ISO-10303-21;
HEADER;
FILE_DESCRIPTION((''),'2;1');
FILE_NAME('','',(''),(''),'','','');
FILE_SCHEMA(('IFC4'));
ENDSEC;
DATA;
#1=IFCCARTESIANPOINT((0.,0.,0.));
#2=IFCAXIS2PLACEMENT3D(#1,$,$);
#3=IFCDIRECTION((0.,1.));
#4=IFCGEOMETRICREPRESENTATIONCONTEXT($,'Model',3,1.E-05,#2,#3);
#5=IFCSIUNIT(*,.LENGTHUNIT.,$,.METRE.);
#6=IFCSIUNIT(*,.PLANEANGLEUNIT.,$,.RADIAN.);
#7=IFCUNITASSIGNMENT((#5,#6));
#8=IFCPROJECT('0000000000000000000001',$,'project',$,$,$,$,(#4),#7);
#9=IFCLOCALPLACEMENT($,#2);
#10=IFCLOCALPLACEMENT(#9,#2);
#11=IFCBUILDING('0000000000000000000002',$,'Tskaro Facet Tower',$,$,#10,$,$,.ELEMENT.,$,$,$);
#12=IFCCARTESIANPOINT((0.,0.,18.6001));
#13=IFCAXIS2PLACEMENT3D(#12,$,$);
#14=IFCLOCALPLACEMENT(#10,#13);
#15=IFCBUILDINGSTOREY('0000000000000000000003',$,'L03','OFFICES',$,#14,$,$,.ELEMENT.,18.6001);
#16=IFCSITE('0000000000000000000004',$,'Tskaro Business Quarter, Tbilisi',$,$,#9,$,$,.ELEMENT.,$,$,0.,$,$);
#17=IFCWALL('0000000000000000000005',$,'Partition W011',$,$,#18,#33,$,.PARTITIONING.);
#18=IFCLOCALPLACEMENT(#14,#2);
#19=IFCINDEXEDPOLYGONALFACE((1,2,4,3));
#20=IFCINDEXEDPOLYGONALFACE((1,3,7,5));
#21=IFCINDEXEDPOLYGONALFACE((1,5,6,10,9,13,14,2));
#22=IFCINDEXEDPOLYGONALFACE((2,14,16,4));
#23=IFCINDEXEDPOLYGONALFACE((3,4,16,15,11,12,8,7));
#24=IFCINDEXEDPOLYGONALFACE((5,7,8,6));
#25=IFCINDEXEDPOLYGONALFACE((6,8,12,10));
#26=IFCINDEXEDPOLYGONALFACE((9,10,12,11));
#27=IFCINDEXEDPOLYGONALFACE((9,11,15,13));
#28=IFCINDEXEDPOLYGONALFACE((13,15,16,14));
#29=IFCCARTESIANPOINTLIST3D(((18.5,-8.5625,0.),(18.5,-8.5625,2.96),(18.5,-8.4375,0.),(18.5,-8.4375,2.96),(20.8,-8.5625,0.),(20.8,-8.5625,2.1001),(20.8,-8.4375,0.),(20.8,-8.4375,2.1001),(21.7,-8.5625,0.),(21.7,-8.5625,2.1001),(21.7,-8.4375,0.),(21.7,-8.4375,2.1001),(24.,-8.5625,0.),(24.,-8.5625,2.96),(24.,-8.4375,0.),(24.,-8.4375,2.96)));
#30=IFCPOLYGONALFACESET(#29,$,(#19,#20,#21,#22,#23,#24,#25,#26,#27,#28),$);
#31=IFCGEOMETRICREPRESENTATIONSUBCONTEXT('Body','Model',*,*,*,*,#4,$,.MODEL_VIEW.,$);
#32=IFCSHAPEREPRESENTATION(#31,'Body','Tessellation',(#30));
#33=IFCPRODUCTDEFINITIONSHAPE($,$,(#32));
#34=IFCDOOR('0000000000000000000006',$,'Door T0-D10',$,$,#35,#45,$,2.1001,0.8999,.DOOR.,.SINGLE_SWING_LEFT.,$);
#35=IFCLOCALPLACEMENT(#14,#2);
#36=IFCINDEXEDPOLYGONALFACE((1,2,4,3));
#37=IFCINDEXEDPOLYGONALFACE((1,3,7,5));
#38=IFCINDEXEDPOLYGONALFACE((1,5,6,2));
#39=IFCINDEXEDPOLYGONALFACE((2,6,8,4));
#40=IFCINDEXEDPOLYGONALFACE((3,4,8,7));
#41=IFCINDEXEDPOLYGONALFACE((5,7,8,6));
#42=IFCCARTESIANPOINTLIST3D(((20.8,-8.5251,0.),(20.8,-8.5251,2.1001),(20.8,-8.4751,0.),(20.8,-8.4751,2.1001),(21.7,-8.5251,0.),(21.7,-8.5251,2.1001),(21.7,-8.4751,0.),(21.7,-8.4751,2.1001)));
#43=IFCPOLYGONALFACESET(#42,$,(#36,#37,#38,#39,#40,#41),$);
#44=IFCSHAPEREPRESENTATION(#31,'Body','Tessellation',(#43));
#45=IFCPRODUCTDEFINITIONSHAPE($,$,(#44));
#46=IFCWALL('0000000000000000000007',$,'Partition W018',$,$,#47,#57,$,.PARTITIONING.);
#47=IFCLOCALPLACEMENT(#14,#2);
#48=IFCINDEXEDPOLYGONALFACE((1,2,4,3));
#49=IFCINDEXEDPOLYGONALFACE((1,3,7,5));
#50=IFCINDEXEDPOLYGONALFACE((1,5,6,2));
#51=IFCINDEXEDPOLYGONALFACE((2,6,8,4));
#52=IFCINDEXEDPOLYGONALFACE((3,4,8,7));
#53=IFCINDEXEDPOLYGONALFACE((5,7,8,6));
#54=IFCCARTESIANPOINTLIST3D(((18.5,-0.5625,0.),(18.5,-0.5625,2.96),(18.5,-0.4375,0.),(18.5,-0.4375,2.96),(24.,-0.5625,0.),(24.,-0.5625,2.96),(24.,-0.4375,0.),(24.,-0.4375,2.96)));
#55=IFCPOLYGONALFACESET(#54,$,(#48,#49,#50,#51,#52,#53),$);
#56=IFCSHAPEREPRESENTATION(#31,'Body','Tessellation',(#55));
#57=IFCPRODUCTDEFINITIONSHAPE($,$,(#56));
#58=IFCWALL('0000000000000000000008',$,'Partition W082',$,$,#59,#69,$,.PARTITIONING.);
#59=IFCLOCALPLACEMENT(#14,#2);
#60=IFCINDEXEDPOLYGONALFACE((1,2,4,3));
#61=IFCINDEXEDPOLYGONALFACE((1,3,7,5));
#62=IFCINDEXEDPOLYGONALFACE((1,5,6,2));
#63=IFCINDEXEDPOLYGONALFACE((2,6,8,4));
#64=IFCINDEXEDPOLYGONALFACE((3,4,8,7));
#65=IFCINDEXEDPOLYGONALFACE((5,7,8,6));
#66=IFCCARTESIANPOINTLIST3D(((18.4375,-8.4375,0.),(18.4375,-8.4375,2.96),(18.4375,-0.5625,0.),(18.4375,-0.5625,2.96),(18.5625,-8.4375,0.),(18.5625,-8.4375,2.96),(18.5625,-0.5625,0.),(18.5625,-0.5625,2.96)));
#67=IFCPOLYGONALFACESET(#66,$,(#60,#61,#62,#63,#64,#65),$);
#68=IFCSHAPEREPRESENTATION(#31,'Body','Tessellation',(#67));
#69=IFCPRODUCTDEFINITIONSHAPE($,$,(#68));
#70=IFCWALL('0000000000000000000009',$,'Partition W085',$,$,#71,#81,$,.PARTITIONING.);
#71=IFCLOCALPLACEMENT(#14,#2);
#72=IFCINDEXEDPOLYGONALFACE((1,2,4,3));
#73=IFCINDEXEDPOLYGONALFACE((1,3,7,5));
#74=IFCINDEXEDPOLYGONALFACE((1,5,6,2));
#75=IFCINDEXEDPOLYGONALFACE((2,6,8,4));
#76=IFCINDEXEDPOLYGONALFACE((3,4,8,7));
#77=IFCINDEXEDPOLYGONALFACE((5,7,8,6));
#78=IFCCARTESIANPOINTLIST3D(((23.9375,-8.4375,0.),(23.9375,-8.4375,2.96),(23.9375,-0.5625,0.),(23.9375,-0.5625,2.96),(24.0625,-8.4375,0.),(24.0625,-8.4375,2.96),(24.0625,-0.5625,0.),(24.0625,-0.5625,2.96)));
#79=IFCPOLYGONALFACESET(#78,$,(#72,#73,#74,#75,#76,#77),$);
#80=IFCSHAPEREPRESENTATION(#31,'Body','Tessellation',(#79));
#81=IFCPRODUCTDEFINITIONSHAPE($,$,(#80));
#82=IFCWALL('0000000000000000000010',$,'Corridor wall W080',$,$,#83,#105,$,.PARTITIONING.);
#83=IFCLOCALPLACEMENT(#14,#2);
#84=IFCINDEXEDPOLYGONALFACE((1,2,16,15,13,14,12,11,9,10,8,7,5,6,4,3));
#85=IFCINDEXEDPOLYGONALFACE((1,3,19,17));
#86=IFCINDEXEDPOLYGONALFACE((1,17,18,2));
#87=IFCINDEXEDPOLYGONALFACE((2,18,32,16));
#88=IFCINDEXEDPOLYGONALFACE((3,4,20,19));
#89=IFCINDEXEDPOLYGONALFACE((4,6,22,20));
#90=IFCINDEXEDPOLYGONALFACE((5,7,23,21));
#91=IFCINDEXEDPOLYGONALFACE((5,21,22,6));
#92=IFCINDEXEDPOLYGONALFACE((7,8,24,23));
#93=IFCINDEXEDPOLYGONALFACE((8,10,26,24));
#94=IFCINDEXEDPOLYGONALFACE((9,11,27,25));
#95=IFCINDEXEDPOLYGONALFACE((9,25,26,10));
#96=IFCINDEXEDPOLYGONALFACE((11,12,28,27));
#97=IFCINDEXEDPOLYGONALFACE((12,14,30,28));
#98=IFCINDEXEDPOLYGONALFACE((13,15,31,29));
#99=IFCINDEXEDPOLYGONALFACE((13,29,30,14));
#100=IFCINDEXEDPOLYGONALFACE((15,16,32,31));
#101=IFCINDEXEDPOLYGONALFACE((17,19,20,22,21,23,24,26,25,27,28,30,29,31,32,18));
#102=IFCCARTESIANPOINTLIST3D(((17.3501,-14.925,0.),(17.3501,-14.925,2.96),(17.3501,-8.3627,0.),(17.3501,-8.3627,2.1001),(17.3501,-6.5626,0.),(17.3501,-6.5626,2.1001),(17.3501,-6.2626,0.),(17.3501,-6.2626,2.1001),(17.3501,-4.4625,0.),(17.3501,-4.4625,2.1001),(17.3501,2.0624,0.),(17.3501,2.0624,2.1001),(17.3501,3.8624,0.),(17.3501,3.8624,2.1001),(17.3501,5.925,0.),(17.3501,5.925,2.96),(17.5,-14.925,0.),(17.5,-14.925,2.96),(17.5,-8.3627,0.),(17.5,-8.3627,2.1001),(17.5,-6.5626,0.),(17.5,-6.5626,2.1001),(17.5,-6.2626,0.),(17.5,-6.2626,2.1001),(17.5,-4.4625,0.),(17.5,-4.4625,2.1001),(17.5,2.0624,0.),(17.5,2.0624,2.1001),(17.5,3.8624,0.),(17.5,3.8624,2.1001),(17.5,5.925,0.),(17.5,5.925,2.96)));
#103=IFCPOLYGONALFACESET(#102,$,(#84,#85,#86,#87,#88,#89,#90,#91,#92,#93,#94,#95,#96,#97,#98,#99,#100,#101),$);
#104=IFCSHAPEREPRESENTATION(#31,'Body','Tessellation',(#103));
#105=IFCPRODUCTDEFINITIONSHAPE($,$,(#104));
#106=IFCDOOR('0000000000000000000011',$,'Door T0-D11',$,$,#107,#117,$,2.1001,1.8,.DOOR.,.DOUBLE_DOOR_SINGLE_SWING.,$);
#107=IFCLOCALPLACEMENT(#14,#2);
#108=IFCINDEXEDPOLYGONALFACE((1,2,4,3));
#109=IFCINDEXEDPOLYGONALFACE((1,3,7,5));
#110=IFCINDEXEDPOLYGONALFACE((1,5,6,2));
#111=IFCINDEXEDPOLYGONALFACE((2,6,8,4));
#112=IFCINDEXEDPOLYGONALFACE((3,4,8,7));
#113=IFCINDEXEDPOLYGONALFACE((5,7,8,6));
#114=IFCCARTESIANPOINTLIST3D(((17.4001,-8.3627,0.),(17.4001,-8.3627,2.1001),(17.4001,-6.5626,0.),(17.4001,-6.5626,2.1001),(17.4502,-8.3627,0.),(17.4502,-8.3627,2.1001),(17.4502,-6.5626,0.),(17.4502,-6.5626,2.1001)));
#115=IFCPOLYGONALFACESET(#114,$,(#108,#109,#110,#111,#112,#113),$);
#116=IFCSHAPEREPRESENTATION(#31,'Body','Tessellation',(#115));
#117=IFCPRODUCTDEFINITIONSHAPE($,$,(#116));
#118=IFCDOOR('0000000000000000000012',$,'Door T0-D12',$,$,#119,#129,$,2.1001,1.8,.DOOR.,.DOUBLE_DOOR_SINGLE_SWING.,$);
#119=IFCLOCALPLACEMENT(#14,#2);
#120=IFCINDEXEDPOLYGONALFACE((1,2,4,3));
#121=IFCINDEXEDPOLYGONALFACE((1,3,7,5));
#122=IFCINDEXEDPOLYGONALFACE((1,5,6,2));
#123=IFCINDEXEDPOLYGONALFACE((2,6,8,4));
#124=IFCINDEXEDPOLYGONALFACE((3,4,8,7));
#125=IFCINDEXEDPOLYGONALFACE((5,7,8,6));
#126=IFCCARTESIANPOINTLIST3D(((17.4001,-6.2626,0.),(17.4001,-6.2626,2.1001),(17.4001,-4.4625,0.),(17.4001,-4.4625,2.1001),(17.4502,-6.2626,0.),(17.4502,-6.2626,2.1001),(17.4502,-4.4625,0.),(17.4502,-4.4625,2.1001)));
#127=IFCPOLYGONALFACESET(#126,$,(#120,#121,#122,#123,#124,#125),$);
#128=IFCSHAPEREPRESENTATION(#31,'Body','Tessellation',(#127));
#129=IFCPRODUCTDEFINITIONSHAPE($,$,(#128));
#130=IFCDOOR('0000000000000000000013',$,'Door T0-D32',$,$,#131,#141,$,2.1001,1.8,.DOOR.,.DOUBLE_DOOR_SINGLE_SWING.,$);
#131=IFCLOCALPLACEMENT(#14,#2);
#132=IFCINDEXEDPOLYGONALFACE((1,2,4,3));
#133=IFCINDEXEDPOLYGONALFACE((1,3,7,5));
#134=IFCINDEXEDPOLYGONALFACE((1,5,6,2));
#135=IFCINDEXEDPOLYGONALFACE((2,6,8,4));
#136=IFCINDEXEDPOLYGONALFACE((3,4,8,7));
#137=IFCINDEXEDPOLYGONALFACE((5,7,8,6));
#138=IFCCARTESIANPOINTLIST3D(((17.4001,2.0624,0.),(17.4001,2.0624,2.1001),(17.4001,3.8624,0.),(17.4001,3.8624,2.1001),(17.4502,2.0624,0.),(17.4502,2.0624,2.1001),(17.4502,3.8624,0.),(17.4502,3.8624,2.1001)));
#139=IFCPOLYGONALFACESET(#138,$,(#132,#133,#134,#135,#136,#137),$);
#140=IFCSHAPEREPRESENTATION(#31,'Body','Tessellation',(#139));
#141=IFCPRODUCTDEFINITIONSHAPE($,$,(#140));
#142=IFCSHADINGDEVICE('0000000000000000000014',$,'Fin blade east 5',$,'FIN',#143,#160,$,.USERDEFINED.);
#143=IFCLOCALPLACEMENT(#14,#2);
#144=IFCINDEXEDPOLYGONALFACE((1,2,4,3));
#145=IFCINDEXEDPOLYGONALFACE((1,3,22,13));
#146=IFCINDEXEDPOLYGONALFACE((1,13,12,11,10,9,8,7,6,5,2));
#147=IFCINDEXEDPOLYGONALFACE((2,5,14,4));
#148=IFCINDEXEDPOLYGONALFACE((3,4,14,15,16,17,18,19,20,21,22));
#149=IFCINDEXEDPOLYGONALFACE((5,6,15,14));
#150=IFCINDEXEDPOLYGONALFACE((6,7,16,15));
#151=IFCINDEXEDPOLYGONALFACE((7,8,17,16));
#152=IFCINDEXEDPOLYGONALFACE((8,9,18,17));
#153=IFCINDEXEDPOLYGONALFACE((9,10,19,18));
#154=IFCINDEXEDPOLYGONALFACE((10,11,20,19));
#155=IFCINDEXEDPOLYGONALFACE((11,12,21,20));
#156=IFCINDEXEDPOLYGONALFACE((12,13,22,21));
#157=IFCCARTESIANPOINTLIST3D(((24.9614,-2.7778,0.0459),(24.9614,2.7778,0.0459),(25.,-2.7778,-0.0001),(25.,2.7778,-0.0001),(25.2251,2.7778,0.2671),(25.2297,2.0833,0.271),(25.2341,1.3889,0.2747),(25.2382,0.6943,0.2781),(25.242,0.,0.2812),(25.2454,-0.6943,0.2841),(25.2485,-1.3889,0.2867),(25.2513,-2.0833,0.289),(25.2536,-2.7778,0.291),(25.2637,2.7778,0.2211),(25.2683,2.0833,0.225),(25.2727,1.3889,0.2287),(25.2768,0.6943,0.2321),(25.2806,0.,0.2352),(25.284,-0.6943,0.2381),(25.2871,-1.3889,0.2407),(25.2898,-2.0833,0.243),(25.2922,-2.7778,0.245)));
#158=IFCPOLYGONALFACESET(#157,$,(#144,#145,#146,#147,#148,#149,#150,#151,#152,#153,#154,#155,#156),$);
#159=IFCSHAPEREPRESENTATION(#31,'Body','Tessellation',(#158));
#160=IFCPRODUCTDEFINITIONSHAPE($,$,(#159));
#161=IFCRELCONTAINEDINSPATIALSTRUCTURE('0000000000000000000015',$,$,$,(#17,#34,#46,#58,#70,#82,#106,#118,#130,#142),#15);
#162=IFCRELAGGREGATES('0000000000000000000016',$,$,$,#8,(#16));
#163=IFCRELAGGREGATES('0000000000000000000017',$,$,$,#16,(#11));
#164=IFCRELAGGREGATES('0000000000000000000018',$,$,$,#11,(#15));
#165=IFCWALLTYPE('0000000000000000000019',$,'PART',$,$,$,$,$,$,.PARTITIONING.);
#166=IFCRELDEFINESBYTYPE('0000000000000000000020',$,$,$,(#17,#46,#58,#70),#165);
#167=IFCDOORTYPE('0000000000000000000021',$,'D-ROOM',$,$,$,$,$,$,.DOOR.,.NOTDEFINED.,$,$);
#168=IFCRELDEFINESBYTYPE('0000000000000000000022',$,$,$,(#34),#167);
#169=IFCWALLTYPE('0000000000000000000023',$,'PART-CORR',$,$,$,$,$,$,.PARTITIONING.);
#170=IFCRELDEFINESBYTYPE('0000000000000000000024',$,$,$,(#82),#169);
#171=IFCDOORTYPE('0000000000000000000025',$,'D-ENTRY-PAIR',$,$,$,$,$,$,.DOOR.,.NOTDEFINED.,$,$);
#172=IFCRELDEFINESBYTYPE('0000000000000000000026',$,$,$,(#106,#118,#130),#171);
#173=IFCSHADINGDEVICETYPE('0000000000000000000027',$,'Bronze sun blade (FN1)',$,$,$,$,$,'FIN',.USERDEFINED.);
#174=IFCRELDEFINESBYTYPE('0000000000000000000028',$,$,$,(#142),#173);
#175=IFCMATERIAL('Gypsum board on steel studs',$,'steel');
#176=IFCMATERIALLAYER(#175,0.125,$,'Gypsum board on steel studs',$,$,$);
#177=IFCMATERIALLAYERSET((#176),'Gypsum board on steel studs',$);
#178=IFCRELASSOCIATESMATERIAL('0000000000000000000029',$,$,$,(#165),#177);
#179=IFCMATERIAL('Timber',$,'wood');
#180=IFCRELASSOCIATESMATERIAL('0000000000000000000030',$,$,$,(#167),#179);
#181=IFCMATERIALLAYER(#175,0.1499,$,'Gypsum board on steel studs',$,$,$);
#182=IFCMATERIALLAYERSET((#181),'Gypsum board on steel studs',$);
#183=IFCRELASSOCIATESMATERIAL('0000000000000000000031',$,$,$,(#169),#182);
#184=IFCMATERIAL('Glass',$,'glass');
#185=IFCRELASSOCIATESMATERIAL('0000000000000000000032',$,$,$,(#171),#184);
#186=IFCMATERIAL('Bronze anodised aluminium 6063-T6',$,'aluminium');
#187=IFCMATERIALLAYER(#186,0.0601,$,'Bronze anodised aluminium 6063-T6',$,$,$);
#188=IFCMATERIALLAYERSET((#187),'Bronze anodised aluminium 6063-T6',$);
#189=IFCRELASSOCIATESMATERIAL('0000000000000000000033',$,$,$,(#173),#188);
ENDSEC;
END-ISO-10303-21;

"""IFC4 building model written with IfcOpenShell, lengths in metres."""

from ifc_helpers import new_model, si_unit, direction, frame, frame_2d, origin, place, context, subcontext, project, spatial, polyline, rectangle, outline, extrude, material, layer, layer_set, type_object, element, fill, save


model = new_model("IFC4")

# Units and contexts
model_context = context("Model", 3, precision=1e-05, world=origin(), true_north=direction((0.0, 1.0)))
body_context = subcontext(model_context, "Body", "Model", "MODEL_VIEW")
ifc_project = project(units=[si_unit("LENGTHUNIT", "METRE"), si_unit("PLANEANGLEUNIT", "RADIAN")], contexts=[model_context])

# Site, building, storey
site_placement = place(None, origin())
site = spatial("IfcSite", under=ifc_project, at=site_placement, Name="Tskaro Business Quarter, Tbilisi", CompositionType="ELEMENT", RefElevation=0.0)
building_placement = place(site_placement, origin())
building = spatial("IfcBuilding", under=site, at=building_placement, Name="Tskaro Facet Tower", CompositionType="ELEMENT")
storey_placement = place(building_placement, frame((0.0, 0.0, 18.6001)))
storey = spatial("IfcBuildingStorey", under=building, at=storey_placement, Name="L03", Description="OFFICES", CompositionType="ELEMENT", Elevation=18.6001)

# Shared definitions
ifc_material_1 = material(Name="Bronze anodised aluminium 6063-T6", Category="aluminium")

# Wall, opening, door
ifc_material_2 = material(Name="Gypsum board on steel studs", Category="steel")
ifc_layer_1 = layer(ifc_material_2, 0.125, Name="Gypsum board on steel studs")
ifc_layer_set_1 = layer_set([ifc_layer_1], Name="Gypsum board on steel studs")
wall_type_1 = type_object("IfcWallType", Name="PART", PredefinedType="PARTITIONING", material=ifc_layer_set_1)
wall_1_placement = place(storey_placement, frame((18.5, -8.5, 0.0), z_axis=(0.0, 0.0, 1.0), x_axis=(1.0, 0.0, 0.0)))
wall_1 = element("IfcWall", 1, at=wall_1_placement, inside=storey, type_object=wall_type_1, Name="Partition W011", PredefinedType="PARTITIONING", context=body_context, shape_type="SweptSolid", body=[
    extrude(rectangle(XDim=5.5, YDim=0.125, at=frame_2d((2.75, 0.0))), origin(), (0.0, 0.0, 1.0), 2.96),
])
opening_1_placement = place(wall_1_placement, frame((2.3, 0.0, 0.0)))
opening_1 = element("IfcOpeningElement", 2, at=opening_1_placement, cuts=wall_1, PredefinedType="OPENING", context=body_context, shape_type="SweptSolid", body=[
    extrude(rectangle(XDim=0.8999, YDim=2.1001, at=frame_2d((0.45, 1.05))), frame((0.0, 0.0725, 0.0), z_axis=(0.0, -1.0, 0.0), x_axis=(1.0, 0.0, 0.0)), (0.0, 0.0, 1.0), 0.145),
])
ifc_material_3 = material(Name="Timber", Category="wood")
door_type_1 = type_object("IfcDoorType", Name="D-ROOM", OperationType="NOTDEFINED", PredefinedType="DOOR", material=ifc_material_3)
door_1_placement = place(opening_1_placement, origin())
door_1 = element("IfcDoor", 3, at=door_1_placement, inside=storey, type_object=door_type_1, Name="Door T0-D10", OperationType="SINGLE_SWING_LEFT", OverallHeight=2.1001, OverallWidth=0.8999, PredefinedType="DOOR", context=body_context, shape_type="SweptSolid", body=[
    extrude(rectangle(XDim=0.8999, YDim=2.1001, at=frame_2d((0.45, 1.05))), frame((0.0, 0.0249, 0.0), z_axis=(0.0, -1.0, 0.0), x_axis=(1.0, 0.0, 0.0)), (0.0, 0.0, 1.0), 0.05),
])
fill(opening_1, door_1)

# Walls
wall_2_placement = place(storey_placement, frame((18.5, -0.5, 0.0), z_axis=(0.0, 0.0, 1.0), x_axis=(1.0, 0.0, 0.0)))
element("IfcWall", 4, at=wall_2_placement, inside=storey, type_object=wall_type_1, Name="Partition W018", PredefinedType="PARTITIONING", context=body_context, shape_type="SweptSolid", body=[
    extrude(rectangle(XDim=5.5, YDim=0.125, at=frame_2d((2.75, 0.0))), origin(), (0.0, 0.0, 1.0), 2.96),
])
for number, where, z_axis, x_axis, name in (
    (5, (18.5, -8.4375, 0.0), (0.0, 0.0, 1.0), (0.0, 1.0, 0.0), "Partition W082"),
    (6, (24.0, -8.4375, 0.0), (0.0, 0.0, 1.0), (0.0, 1.0, 0.0), "Partition W085"),
):
    element("IfcWall", number, at=place(storey_placement, frame(where, z_axis=z_axis, x_axis=x_axis)), inside=storey, type_object=wall_type_1, Name=name, PredefinedType="PARTITIONING", context=body_context, shape_type="SweptSolid", body=[
        extrude(rectangle(XDim=7.875, YDim=0.125, at=frame_2d((3.9375, 0.0))), origin(), (0.0, 0.0, 1.0), 2.96),
    ])

# Wall, openings, doors
ifc_layer_2 = layer(ifc_material_2, 0.1499, Name="Gypsum board on steel studs")
ifc_layer_set_2 = layer_set([ifc_layer_2], Name="Gypsum board on steel studs")
wall_type_2 = type_object("IfcWallType", Name="PART-CORR", PredefinedType="PARTITIONING", material=ifc_layer_set_2)
wall_3_placement = place(storey_placement, frame((17.425, -14.925, 0.0), z_axis=(0.0, 0.0, 1.0), x_axis=(0.0, 1.0, 0.0)))
wall_3 = element("IfcWall", 7, at=wall_3_placement, inside=storey, type_object=wall_type_2, Name="Corridor wall W080", PredefinedType="PARTITIONING", context=body_context, shape_type="SweptSolid", body=[
    extrude(rectangle(XDim=20.8501, YDim=0.1499, at=frame_2d((10.425, 0.0))), origin(), (0.0, 0.0, 1.0), 2.96),
])
opening_2_placement = place(wall_3_placement, frame((6.5625, 0.0, 0.0)))
opening_2 = element("IfcOpeningElement", 8, at=opening_2_placement, cuts=wall_3, PredefinedType="OPENING", context=body_context, shape_type="SweptSolid", body=[
    extrude(rectangle(XDim=1.8, YDim=2.1001, at=frame_2d((0.8999, 1.05))), frame((0.0, 0.085, 0.0), z_axis=(0.0, -1.0, 0.0), x_axis=(1.0, 0.0, 0.0)), (0.0, 0.0, 1.0), 0.1699),
])
opening_3_placement = place(wall_3_placement, frame((8.6626, 0.0, 0.0)))
opening_3 = element("IfcOpeningElement", 9, at=opening_3_placement, cuts=wall_3, PredefinedType="OPENING", context=body_context, shape_type="SweptSolid", body=[
    extrude(rectangle(XDim=1.8, YDim=2.1001, at=frame_2d((0.8999, 1.05))), frame((0.0, 0.085, 0.0), z_axis=(0.0, -1.0, 0.0), x_axis=(1.0, 0.0, 0.0)), (0.0, 0.0, 1.0), 0.1699),
])
opening_4_placement = place(wall_3_placement, frame((16.9875, 0.0, 0.0)))
opening_4 = element("IfcOpeningElement", 10, at=opening_4_placement, cuts=wall_3, PredefinedType="OPENING", context=body_context, shape_type="SweptSolid", body=[
    extrude(rectangle(XDim=1.8, YDim=2.1001, at=frame_2d((0.8999, 1.05))), frame((0.0, 0.085, 0.0), z_axis=(0.0, -1.0, 0.0), x_axis=(1.0, 0.0, 0.0)), (0.0, 0.0, 1.0), 0.1699),
])
ifc_material_4 = material(Name="Glass", Category="glass")
door_type_2 = type_object("IfcDoorType", Name="D-ENTRY-PAIR", OperationType="NOTDEFINED", PredefinedType="DOOR", material=ifc_material_4)
door_2_placement = place(opening_2_placement, origin())
door_2 = element("IfcDoor", 11, at=door_2_placement, inside=storey, type_object=door_type_2, Name="Door T0-D11", OperationType="DOUBLE_DOOR_SINGLE_SWING", OverallHeight=2.1001, OverallWidth=1.8, PredefinedType="DOOR", context=body_context, shape_type="SweptSolid", body=[
    extrude(rectangle(XDim=1.8, YDim=2.1001, at=frame_2d((0.8999, 1.05))), frame((0.0, 0.0249, 0.0), z_axis=(0.0, -1.0, 0.0), x_axis=(1.0, 0.0, 0.0)), (0.0, 0.0, 1.0), 0.05),
])
fill(opening_2, door_2)
door_3_placement = place(opening_3_placement, origin())
door_3 = element("IfcDoor", 12, at=door_3_placement, inside=storey, type_object=door_type_2, Name="Door T0-D12", OperationType="DOUBLE_DOOR_SINGLE_SWING", OverallHeight=2.1001, OverallWidth=1.8, PredefinedType="DOOR", context=body_context, shape_type="SweptSolid", body=[
    extrude(rectangle(XDim=1.8, YDim=2.1001, at=frame_2d((0.8999, 1.05))), frame((0.0, 0.0249, 0.0), z_axis=(0.0, -1.0, 0.0), x_axis=(1.0, 0.0, 0.0)), (0.0, 0.0, 1.0), 0.05),
])
fill(opening_3, door_3)
door_4_placement = place(opening_4_placement, origin())
door_4 = element("IfcDoor", 13, at=door_4_placement, inside=storey, type_object=door_type_2, Name="Door T0-D32", OperationType="DOUBLE_DOOR_SINGLE_SWING", OverallHeight=2.1001, OverallWidth=1.8, PredefinedType="DOOR", context=body_context, shape_type="SweptSolid", body=[
    extrude(rectangle(XDim=1.8, YDim=2.1001, at=frame_2d((0.8999, 1.05))), frame((0.0, 0.0249, 0.0), z_axis=(0.0, -1.0, 0.0), x_axis=(1.0, 0.0, 0.0)), (0.0, 0.0, 1.0), 0.05),
])
fill(opening_4, door_4)

# Shading device
ifc_layer_3 = layer(ifc_material_1, 0.0601, Name="Bronze anodised aluminium 6063-T6")
ifc_layer_set_3 = layer_set([ifc_layer_3], Name="Bronze anodised aluminium 6063-T6")
shading_device_type = type_object("IfcShadingDeviceType", Name="Bronze sun blade (FN1)", ElementType="FIN", PredefinedType="USERDEFINED", material=ifc_layer_set_3)
shading_device_1_placement = place(storey_placement, frame((24.9614, -2.7778, 0.0459), z_axis=(-0.642685, -0.000003, 0.76613), x_axis=(-0.000002, 1.0, 0.000002)))
element("IfcShadingDevice", 14, at=shading_device_1_placement, inside=storey, type_object=shading_device_type, Name="Fin blade east 5", ObjectType="FIN", PredefinedType="USERDEFINED", context=body_context, shape_type="SweptSolid", body=[
    extrude(outline(polyline([(0.0, 0.0), (5.5557, 0.0), (5.5557, -0.3442), (4.8611, -0.3502), (4.1667, -0.3559), (3.4722, -0.3613), (2.7778, -0.3662), (2.0835, -0.3707), (1.3889, -0.3747), (0.6946, -0.3783), (0.0, -0.3814), (0.0, 0.0)])), origin(), (0.0, 0.0, -1.0), 0.0601),
])

save(model, "model.ifc")
